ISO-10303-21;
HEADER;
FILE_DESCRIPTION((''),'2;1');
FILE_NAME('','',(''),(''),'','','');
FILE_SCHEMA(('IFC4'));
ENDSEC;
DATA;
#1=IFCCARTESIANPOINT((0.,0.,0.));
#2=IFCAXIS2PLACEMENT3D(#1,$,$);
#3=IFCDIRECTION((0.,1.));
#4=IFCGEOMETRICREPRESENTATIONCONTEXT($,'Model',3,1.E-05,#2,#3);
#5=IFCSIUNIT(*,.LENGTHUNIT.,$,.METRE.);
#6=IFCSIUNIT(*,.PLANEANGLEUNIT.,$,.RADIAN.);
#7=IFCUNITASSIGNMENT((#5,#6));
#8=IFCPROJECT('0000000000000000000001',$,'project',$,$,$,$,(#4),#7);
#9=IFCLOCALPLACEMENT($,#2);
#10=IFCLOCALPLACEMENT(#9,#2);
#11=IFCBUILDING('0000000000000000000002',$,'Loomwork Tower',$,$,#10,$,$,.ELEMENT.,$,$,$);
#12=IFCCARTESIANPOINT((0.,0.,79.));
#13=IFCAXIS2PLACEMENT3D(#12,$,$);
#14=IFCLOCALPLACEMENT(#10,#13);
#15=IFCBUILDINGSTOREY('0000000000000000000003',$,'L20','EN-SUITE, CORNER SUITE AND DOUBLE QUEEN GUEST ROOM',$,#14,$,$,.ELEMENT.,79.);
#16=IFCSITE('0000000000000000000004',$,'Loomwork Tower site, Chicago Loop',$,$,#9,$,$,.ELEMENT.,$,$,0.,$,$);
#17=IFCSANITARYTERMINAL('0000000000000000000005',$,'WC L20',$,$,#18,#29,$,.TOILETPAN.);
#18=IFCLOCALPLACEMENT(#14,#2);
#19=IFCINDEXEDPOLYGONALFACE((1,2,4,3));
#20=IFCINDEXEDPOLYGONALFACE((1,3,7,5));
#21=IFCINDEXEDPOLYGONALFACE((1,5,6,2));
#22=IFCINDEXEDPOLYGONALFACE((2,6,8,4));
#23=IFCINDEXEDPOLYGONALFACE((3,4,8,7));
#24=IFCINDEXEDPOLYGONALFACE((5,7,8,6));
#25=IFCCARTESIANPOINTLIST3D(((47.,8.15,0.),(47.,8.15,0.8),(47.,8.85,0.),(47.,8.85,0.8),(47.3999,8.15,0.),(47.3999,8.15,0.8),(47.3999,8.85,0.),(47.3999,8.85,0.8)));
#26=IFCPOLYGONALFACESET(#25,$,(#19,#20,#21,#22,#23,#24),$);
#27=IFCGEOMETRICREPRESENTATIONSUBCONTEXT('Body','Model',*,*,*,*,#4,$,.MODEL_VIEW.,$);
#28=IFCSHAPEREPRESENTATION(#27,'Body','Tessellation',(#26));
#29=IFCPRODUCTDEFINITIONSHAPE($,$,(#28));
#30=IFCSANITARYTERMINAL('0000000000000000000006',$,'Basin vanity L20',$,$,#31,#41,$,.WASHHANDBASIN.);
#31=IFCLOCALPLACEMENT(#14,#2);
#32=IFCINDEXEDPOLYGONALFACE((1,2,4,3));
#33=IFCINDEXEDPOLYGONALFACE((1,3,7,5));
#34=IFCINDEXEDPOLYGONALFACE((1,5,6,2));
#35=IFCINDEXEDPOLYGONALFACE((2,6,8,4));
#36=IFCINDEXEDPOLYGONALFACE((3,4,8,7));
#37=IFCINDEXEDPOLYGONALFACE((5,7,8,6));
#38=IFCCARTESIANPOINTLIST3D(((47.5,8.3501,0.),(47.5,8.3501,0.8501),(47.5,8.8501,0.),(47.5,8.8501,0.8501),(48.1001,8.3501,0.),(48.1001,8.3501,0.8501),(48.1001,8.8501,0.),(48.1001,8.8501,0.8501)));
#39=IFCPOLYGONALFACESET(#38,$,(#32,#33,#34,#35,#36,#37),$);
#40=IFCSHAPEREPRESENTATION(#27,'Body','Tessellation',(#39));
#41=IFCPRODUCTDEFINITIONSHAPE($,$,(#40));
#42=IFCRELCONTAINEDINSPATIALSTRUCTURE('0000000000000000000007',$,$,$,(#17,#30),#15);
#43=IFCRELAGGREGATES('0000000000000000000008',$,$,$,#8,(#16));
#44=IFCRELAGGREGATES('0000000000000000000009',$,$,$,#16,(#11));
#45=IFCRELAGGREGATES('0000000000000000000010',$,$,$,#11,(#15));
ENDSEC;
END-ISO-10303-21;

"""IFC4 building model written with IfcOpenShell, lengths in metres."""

from ifc_helpers import new_model, si_unit, direction, frame, origin, origin_2d, place, context, subcontext, project, spatial, rectangle, extrude, element, save


model = new_model("IFC4")

# Units and contexts
model_context = context("Model", 3, precision=1e-05, world=origin(), true_north=direction((0.0, 1.0)))
body_context = subcontext(model_context, "Body", "Model", "MODEL_VIEW")
ifc_project = project(units=[si_unit("LENGTHUNIT", "METRE"), si_unit("PLANEANGLEUNIT", "RADIAN")], contexts=[model_context])

# Site, building, storey
site_placement = place(None, origin())
site = spatial("IfcSite", under=ifc_project, at=site_placement, Name="Loomwork Tower site, Chicago Loop", CompositionType="ELEMENT", RefElevation=0.0)
building_placement = place(site_placement, origin())
building = spatial("IfcBuilding", under=site, at=building_placement, Name="Loomwork Tower", CompositionType="ELEMENT")
storey_placement = place(building_placement, frame((0.0, 0.0, 79.0)))
storey = spatial("IfcBuildingStorey", under=building, at=storey_placement, Name="L20", Description="EN-SUITE, CORNER SUITE AND DOUBLE QUEEN GUEST ROOM", CompositionType="ELEMENT", Elevation=79.0)

# Sanitary terminals
sanitary_terminal_1_placement = place(storey_placement, frame((47.2, 8.5, 0.0), z_axis=(0.0, 0.0, 1.0), x_axis=(1.0, 0.0, 0.0)))
element("IfcSanitaryTerminal", 1, at=sanitary_terminal_1_placement, inside=storey, Name="WC L20", PredefinedType="TOILETPAN", context=body_context, shape_type="SweptSolid", body=[
    extrude(rectangle(XDim=0.3999, YDim=0.7, at=origin_2d()), origin(), (0.0, 0.0, 1.0), 0.8),
])
sanitary_terminal_2_placement = place(storey_placement, frame((47.8, 8.6001, 0.0), z_axis=(0.0, 0.0, 1.0), x_axis=(1.0, 0.0, 0.0)))
element("IfcSanitaryTerminal", 2, at=sanitary_terminal_2_placement, inside=storey, Name="Basin vanity L20", PredefinedType="WASHHANDBASIN", context=body_context, shape_type="SweptSolid", body=[
    extrude(rectangle(XDim=0.6001, YDim=0.5, at=origin_2d()), origin(), (0.0, 0.0, 1.0), 0.8501),
])

save(model, "model.ifc")
